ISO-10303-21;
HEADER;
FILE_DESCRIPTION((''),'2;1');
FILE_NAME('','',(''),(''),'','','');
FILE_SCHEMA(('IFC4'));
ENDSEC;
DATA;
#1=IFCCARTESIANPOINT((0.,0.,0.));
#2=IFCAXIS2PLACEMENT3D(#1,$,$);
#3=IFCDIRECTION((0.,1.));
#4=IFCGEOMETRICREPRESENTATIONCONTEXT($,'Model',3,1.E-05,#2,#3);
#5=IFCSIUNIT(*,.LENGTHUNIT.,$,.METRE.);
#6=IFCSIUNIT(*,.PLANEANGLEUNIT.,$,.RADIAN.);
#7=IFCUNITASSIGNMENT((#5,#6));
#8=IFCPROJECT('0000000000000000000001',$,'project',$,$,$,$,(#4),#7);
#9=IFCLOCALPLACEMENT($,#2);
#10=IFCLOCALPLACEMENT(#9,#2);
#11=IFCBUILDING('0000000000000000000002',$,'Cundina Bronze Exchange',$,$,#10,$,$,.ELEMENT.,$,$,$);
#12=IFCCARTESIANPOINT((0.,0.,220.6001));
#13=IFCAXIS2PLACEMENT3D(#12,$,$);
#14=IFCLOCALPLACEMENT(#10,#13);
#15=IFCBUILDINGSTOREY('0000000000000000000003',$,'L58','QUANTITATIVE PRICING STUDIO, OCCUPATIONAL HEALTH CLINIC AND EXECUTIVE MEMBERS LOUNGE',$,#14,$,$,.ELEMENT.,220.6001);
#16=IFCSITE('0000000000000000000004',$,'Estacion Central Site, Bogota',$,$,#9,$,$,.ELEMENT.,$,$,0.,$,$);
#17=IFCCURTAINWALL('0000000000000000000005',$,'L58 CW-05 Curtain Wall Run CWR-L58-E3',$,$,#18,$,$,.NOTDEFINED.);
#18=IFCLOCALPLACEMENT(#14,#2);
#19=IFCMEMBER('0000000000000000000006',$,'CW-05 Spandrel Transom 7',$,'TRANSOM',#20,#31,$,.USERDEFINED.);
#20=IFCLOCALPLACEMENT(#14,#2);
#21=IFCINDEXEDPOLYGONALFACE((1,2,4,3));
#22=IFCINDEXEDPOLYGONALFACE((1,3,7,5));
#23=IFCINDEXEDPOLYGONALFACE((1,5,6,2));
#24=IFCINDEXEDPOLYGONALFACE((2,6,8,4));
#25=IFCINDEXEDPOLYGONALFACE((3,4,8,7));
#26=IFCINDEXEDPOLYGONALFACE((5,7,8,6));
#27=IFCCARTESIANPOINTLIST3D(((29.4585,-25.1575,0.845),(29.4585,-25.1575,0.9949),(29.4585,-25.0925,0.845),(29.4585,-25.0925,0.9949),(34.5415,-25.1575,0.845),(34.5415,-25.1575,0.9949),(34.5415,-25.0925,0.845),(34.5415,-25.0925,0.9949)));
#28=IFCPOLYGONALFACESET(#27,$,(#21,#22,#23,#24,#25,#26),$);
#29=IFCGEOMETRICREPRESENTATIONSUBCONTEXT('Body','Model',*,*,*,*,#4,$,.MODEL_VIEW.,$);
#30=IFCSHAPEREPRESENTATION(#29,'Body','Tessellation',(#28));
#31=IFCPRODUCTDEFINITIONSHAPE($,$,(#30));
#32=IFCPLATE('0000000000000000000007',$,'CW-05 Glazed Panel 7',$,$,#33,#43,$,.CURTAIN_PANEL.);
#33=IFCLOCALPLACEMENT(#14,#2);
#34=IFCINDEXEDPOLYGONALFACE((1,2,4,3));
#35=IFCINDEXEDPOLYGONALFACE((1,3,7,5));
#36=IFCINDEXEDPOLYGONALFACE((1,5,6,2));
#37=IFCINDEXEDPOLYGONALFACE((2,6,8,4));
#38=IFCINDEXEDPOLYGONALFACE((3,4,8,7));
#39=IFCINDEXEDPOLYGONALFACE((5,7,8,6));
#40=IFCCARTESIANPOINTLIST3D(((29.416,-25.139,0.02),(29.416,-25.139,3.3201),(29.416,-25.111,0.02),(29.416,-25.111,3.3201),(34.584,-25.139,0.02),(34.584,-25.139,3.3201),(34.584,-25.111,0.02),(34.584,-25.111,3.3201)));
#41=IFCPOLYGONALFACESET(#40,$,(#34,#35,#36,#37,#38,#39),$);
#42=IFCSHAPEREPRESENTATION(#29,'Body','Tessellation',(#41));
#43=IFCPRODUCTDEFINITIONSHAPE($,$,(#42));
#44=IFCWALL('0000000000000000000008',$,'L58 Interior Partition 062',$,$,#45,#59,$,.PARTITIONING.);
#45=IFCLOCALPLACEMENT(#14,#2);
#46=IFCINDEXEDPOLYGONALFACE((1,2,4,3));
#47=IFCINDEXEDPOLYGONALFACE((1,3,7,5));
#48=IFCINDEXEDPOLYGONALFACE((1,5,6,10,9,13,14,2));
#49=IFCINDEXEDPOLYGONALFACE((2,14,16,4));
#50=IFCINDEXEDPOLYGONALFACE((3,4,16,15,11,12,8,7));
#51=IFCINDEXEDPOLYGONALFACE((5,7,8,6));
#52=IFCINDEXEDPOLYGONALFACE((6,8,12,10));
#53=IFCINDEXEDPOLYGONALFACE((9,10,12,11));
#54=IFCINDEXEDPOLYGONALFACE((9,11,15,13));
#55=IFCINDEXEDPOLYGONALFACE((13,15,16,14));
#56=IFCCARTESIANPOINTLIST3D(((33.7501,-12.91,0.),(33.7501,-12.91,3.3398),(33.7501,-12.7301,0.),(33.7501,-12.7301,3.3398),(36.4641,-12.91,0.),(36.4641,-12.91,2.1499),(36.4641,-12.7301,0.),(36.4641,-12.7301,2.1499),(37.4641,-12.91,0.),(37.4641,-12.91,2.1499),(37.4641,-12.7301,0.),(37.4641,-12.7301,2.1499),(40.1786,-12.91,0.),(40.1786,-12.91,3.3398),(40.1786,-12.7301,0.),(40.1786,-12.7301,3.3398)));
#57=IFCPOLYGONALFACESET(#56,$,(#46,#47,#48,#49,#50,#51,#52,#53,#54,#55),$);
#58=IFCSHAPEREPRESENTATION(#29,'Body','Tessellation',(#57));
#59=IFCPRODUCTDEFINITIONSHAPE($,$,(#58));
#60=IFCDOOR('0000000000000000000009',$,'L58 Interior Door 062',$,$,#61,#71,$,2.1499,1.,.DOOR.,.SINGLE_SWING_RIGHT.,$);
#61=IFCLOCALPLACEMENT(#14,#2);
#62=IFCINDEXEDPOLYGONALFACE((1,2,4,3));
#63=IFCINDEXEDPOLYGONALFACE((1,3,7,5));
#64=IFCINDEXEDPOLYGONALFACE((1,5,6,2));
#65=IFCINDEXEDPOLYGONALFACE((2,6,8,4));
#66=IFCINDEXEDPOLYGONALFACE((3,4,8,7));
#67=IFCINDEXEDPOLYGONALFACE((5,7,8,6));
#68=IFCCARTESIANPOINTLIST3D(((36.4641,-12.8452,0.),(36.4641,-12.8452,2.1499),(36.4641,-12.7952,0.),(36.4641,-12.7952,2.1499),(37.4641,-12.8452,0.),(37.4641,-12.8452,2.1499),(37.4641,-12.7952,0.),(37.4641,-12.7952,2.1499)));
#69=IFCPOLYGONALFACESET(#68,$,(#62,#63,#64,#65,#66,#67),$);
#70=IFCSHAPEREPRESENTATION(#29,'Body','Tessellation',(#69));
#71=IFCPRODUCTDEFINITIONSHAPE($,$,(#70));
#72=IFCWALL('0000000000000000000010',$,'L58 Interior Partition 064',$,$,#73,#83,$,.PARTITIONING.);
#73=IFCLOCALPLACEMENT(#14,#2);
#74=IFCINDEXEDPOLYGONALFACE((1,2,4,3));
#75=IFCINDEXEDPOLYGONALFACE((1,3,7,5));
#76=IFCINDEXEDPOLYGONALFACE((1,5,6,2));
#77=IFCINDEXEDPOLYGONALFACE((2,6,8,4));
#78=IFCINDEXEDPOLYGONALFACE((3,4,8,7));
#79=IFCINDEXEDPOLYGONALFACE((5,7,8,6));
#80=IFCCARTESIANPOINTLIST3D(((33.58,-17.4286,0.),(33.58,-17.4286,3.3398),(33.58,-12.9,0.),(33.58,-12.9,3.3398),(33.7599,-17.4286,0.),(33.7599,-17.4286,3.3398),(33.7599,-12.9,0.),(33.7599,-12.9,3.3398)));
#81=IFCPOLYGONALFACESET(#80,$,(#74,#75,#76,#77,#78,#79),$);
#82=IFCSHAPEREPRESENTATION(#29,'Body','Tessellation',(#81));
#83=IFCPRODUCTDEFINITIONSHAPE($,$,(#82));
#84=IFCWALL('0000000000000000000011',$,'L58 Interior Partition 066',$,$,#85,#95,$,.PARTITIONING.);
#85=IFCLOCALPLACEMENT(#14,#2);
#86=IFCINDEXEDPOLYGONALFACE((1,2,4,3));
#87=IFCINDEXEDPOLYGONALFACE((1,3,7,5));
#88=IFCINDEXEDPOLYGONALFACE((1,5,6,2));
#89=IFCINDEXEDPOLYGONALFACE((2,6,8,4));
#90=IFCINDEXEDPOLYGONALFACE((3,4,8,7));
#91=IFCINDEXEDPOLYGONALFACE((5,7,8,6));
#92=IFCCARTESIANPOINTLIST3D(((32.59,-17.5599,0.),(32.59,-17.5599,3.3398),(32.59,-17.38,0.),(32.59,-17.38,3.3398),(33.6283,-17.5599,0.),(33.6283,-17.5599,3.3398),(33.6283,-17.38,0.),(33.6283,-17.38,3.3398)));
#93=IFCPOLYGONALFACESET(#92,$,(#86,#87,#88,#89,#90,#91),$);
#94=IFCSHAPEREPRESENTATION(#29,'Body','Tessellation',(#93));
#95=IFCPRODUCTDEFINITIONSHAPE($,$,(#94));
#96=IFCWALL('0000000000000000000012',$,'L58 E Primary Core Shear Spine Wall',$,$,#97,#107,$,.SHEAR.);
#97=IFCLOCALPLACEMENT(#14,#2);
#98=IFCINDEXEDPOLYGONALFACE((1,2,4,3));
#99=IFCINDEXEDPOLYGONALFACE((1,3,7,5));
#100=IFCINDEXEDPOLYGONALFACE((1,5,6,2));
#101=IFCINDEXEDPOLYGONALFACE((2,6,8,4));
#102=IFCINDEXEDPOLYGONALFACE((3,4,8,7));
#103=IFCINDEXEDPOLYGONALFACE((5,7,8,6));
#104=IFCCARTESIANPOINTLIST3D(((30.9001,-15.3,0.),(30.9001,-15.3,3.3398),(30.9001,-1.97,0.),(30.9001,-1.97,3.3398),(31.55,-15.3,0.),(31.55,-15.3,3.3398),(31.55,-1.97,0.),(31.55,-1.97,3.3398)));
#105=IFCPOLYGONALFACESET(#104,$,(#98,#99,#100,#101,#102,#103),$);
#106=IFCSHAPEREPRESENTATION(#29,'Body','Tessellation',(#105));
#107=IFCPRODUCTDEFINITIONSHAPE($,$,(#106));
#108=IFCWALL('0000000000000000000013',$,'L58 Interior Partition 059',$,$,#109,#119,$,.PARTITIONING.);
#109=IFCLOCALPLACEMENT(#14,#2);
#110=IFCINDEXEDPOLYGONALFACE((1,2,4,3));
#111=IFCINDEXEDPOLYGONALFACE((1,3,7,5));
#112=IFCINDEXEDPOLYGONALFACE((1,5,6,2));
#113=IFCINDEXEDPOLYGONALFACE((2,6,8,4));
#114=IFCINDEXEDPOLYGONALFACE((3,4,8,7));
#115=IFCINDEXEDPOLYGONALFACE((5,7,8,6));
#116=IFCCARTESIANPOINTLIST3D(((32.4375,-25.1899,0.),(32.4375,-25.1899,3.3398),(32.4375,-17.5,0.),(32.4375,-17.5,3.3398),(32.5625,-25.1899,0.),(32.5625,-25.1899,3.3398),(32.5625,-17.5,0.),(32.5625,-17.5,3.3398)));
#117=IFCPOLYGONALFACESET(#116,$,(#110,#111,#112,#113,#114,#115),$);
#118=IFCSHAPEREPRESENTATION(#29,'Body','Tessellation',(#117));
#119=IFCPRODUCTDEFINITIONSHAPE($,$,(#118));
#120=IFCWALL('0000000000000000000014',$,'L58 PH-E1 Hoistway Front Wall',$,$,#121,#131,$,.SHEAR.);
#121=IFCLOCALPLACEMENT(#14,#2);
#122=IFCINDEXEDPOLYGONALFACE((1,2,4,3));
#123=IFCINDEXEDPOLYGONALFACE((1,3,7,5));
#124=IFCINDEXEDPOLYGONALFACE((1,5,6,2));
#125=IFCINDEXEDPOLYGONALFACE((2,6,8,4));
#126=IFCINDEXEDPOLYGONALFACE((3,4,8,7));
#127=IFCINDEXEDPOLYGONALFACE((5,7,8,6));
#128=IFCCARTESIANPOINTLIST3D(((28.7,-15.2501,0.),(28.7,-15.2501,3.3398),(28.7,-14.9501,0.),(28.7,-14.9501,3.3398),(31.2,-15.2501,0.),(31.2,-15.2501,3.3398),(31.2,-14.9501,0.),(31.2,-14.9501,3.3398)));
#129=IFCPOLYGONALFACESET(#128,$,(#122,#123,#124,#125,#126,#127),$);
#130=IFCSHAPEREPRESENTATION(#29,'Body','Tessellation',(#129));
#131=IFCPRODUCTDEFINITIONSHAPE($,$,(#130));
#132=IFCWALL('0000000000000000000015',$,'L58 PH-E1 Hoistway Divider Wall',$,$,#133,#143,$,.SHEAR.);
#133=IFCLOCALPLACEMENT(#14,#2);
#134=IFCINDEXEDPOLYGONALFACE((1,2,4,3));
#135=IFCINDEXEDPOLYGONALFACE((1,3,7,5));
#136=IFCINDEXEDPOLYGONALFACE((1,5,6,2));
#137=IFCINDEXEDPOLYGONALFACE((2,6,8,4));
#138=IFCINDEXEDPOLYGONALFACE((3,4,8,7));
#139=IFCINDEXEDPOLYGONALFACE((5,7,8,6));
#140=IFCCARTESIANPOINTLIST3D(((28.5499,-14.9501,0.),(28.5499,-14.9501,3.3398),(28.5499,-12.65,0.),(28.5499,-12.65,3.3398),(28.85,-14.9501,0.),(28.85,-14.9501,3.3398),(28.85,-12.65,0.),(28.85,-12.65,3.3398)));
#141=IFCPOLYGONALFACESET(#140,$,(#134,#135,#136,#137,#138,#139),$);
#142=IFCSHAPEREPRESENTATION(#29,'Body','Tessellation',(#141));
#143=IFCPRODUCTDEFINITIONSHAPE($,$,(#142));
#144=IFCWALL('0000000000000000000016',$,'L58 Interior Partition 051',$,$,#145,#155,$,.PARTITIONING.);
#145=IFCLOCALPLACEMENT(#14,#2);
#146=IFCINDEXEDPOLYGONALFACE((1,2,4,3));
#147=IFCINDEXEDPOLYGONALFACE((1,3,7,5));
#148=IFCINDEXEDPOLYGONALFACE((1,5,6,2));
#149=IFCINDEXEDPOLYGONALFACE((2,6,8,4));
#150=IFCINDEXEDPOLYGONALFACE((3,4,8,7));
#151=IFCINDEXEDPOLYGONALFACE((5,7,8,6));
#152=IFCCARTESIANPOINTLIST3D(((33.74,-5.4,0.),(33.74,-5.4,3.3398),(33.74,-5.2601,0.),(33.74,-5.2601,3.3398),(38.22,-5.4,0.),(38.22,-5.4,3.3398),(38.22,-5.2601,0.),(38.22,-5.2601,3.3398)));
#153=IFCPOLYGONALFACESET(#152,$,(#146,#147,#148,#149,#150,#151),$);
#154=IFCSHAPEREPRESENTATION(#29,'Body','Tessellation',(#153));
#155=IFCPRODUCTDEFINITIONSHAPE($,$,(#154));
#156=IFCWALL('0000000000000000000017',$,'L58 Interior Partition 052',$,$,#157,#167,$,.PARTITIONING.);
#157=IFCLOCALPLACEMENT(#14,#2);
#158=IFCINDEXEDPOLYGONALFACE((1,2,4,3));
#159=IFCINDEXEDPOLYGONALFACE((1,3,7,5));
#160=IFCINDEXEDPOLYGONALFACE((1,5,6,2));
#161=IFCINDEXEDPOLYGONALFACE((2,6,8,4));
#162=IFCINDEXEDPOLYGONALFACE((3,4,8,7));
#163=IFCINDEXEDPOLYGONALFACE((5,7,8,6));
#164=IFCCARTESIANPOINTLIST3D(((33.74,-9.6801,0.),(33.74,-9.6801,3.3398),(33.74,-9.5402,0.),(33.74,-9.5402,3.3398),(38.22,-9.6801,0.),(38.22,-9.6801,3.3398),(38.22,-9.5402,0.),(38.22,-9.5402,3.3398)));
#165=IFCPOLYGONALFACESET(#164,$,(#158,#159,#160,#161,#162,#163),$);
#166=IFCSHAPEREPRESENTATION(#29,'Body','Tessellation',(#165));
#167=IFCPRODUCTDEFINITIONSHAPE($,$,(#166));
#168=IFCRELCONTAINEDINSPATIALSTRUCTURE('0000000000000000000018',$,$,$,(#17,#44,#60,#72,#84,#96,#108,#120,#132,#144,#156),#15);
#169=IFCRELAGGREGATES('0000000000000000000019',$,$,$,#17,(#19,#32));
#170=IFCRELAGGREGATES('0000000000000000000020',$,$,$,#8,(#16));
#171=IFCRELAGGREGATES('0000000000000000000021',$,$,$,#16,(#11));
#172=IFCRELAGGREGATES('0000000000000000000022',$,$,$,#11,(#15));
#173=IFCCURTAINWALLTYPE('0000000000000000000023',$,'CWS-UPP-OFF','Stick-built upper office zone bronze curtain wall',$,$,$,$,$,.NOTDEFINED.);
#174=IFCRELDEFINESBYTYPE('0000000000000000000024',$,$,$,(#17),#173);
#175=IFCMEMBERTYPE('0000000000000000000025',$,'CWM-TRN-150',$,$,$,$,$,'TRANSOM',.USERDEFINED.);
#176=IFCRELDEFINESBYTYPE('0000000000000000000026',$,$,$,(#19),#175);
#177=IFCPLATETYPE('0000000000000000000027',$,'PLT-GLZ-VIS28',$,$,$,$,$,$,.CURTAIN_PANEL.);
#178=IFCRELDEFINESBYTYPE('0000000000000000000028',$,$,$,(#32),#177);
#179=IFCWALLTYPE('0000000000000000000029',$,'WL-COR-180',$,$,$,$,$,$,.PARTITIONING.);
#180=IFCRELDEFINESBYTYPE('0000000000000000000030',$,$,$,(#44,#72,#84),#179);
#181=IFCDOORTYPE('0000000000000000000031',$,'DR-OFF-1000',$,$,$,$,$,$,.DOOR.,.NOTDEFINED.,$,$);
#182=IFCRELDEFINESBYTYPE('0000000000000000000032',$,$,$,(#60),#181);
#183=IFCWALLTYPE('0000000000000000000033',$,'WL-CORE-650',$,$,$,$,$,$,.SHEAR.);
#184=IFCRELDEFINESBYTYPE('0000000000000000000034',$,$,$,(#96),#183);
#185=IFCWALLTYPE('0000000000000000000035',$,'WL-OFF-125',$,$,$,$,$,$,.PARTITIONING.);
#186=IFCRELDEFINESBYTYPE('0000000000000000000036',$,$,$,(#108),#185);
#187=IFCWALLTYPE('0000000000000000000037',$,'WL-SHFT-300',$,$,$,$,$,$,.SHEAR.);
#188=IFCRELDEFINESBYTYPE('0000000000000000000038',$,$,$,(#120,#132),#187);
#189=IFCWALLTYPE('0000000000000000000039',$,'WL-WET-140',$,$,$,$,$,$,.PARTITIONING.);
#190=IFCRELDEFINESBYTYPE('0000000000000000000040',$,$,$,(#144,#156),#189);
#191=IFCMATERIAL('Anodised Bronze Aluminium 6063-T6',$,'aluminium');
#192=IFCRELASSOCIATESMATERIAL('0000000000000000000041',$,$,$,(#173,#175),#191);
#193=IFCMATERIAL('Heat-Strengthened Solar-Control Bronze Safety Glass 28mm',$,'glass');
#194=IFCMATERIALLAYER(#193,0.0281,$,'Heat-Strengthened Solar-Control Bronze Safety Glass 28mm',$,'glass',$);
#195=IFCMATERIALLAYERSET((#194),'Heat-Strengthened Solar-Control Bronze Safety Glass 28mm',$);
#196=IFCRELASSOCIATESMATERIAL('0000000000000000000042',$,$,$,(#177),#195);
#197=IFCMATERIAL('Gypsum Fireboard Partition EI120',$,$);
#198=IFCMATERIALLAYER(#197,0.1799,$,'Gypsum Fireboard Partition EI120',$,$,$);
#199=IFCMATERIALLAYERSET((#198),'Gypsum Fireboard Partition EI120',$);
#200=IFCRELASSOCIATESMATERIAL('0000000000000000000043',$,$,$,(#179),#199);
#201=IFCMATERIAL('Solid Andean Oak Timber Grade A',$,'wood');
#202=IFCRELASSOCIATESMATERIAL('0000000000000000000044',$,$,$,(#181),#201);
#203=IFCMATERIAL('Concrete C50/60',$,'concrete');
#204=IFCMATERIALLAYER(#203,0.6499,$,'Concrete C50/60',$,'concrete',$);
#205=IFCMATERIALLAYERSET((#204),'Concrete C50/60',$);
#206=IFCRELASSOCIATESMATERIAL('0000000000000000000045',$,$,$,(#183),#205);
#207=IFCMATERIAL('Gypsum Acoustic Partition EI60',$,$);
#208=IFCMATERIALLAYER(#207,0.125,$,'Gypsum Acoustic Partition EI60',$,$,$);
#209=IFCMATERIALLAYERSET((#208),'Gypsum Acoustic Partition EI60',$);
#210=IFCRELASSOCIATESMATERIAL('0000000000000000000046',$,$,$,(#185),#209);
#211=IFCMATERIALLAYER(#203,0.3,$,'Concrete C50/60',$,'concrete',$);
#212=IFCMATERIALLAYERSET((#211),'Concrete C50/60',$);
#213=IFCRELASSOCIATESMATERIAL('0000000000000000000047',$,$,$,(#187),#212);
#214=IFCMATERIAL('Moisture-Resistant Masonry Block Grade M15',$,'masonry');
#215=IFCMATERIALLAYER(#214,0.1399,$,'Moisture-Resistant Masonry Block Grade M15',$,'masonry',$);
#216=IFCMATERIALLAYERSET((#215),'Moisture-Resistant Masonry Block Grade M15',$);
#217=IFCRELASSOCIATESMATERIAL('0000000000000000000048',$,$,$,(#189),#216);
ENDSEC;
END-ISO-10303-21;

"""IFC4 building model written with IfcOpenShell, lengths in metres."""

from ifc_helpers import new_model, si_unit, direction, frame, frame_2d, origin, origin_2d, place, context, subcontext, project, spatial, rectangle, extrude, material, layer, layer_set, material_profile, profile_set, type_object, element, fill, aggregate, save


model = new_model("IFC4")

# Units and contexts
model_context = context("Model", 3, precision=1e-05, world=origin(), true_north=direction((0.0, 1.0)))
body_context = subcontext(model_context, "Body", "Model", "MODEL_VIEW")
ifc_project = project(units=[si_unit("LENGTHUNIT", "METRE"), si_unit("PLANEANGLEUNIT", "RADIAN")], contexts=[model_context])

# Site, building, storey
site_placement = place(None, origin())
site = spatial("IfcSite", under=ifc_project, at=site_placement, Name="Estacion Central Site, Bogota", CompositionType="ELEMENT", RefElevation=0.0)
building_placement = place(site_placement, origin())
building = spatial("IfcBuilding", under=site, at=building_placement, Name="Cundina Bronze Exchange", CompositionType="ELEMENT")
storey_placement = place(building_placement, frame((0.0, 0.0, 220.6001)))
storey = spatial("IfcBuildingStorey", under=building, at=storey_placement, Name="L58", Description="QUANTITATIVE PRICING STUDIO, OCCUPATIONAL HEALTH CLINIC AND EXECUTIVE MEMBERS LOUNGE", CompositionType="ELEMENT", Elevation=220.6001)

# Shared definitions
ifc_material_1 = material(Name="Concrete C50/60", Category="concrete")

# Curtain wall
ifc_material_2 = material(Name="Anodised Bronze Aluminium 6063-T6", Category="aluminium")
curtain_wall_type = type_object("IfcCurtainWallType", Name="CWS-UPP-OFF", Description="Stick-built upper office zone bronze curtain wall", PredefinedType="NOTDEFINED", material=ifc_material_2)
curtain_wall_1_placement = place(storey_placement, origin())
curtain_wall_1 = element("IfcCurtainWall", 1, at=curtain_wall_1_placement, inside=storey, type_object=curtain_wall_type, Name="L58 CW-05 Curtain Wall Run CWR-L58-E3", PredefinedType="NOTDEFINED")

# Member
ifc_material_profile_1 = material_profile(ifc_material_2, rectangle(XDim=0.0649, YDim=0.1499, at=origin_2d()), Name="AL65X150", Category="aluminium")
ifc_profile_set_1 = profile_set([ifc_material_profile_1], Name="Anodised Bronze Aluminium 6063-T6")
member_type_1 = type_object("IfcMemberType", Name="CWM-TRN-150", ElementType="TRANSOM", PredefinedType="USERDEFINED", material=ifc_profile_set_1)
member_1_placement = place(storey_placement, frame((29.4585, -25.125, 0.9199), z_axis=(1.0, 0.0, 0.0), x_axis=(0.0, 1.0, 0.0)))
member_1 = element("IfcMember", 2, at=member_1_placement, type_object=member_type_1, Name="CW-05 Spandrel Transom 7", ObjectType="TRANSOM", PredefinedType="USERDEFINED", context=body_context, shape_type="SweptSolid", body=[
    extrude(rectangle(XDim=0.0649, YDim=0.1499, at=origin_2d()), origin(), (0.0, 0.0, 1.0), 5.083),
])

# Plate
ifc_material_3 = material(Name="Heat-Strengthened Solar-Control Bronze Safety Glass 28mm", Category="glass")
ifc_layer_1 = layer(ifc_material_3, 0.0281, Name="Heat-Strengthened Solar-Control Bronze Safety Glass 28mm", Category="glass")
ifc_layer_set_1 = layer_set([ifc_layer_1], Name="Heat-Strengthened Solar-Control Bronze Safety Glass 28mm")
plate_type = type_object("IfcPlateType", Name="PLT-GLZ-VIS28", PredefinedType="CURTAIN_PANEL", material=ifc_layer_set_1)
plate_placement = place(storey_placement, frame((32.0, -25.125, 0.02), z_axis=(0.0, 0.0, 1.0), x_axis=(1.0, 0.0, 0.0)))
plate = element("IfcPlate", 3, at=plate_placement, type_object=plate_type, Name="CW-05 Glazed Panel 7", PredefinedType="CURTAIN_PANEL", context=body_context, shape_type="SweptSolid", body=[
    extrude(rectangle(XDim=5.168, YDim=0.0281, at=origin_2d()), origin(), (0.0, 0.0, 1.0), 3.3),
])
aggregate(curtain_wall_1, [member_1, plate])

# Wall, opening, door
ifc_material_4 = material(Name="Gypsum Fireboard Partition EI120")
ifc_layer_2 = layer(ifc_material_4, 0.1799, Name="Gypsum Fireboard Partition EI120")
ifc_layer_set_2 = layer_set([ifc_layer_2], Name="Gypsum Fireboard Partition EI120")
wall_type_1 = type_object("IfcWallType", Name="WL-COR-180", PredefinedType="PARTITIONING", material=ifc_layer_set_2)
ifc_material_5 = material(Name="Solid Andean Oak Timber Grade A", Category="wood")
door_type = type_object("IfcDoorType", Name="DR-OFF-1000", OperationType="NOTDEFINED", PredefinedType="DOOR", material=ifc_material_5)
wall_1_placement = place(storey_placement, frame((33.75, -12.8201, 0.0), z_axis=(0.0, 0.0, 1.0), x_axis=(1.0, 0.0, 0.0)))
wall_1 = element("IfcWall", 4, at=wall_1_placement, inside=storey, type_object=wall_type_1, Name="L58 Interior Partition 062", PredefinedType="PARTITIONING", context=body_context, shape_type="SweptSolid", body=[
    extrude(rectangle(XDim=6.4285, YDim=0.1799, at=frame_2d((3.2144, 0.0))), origin(), (0.0, 0.0, 1.0), 3.3398),
])
opening_1_placement = place(wall_1_placement, frame((2.7141, 0.0, 0.0)))
opening_1 = element("IfcOpeningElement", 5, at=opening_1_placement, cuts=wall_1, PredefinedType="OPENING", context=body_context, shape_type="SweptSolid", body=[
    extrude(rectangle(XDim=1.0, YDim=2.1499, at=frame_2d((0.5, 1.075))), frame((0.0, 0.0999, 0.0), z_axis=(0.0, -1.0, 0.0), x_axis=(1.0, 0.0, 0.0)), (0.0, 0.0, 1.0), 0.2),
])
door_1_placement = place(opening_1_placement, origin())
door_1 = element("IfcDoor", 6, at=door_1_placement, inside=storey, type_object=door_type, Name="L58 Interior Door 062", OperationType="SINGLE_SWING_RIGHT", OverallHeight=2.1499, OverallWidth=1.0, PredefinedType="DOOR", context=body_context, shape_type="SweptSolid", body=[
    extrude(rectangle(XDim=1.0, YDim=2.1499, at=frame_2d((0.5, 1.075))), frame((0.0, 0.0249, 0.0), z_axis=(0.0, -1.0, 0.0), x_axis=(1.0, 0.0, 0.0)), (0.0, 0.0, 1.0), 0.05),
])
fill(opening_1, door_1)

# Walls
wall_2_placement = place(storey_placement, frame((33.6699, -17.4285, 0.0), z_axis=(0.0, 0.0, 1.0), x_axis=(0.0, 1.0, 0.0)))
element("IfcWall", 7, at=wall_2_placement, inside=storey, type_object=wall_type_1, Name="L58 Interior Partition 064", PredefinedType="PARTITIONING", context=body_context, shape_type="SweptSolid", body=[
    extrude(rectangle(XDim=4.5286, YDim=0.1799, at=frame_2d((2.2642, 0.0))), origin(), (0.0, 0.0, 1.0), 3.3398),
])
wall_3_placement = place(storey_placement, frame((32.5901, -17.47, 0.0), z_axis=(0.0, 0.0, 1.0), x_axis=(1.0, 0.0, 0.0)))
element("IfcWall", 8, at=wall_3_placement, inside=storey, type_object=wall_type_1, Name="L58 Interior Partition 066", PredefinedType="PARTITIONING", context=body_context, shape_type="SweptSolid", body=[
    extrude(rectangle(XDim=1.0383, YDim=0.1799, at=frame_2d((0.519, 0.0))), origin(), (0.0, 0.0, 1.0), 3.3398),
])
ifc_layer_3 = layer(ifc_material_1, 0.6499, Name="Concrete C50/60", Category="concrete")
ifc_layer_set_3 = layer_set([ifc_layer_3], Name="Concrete C50/60")
wall_type_2 = type_object("IfcWallType", Name="WL-CORE-650", PredefinedType="SHEAR", material=ifc_layer_set_3)
wall_4_placement = place(storey_placement, frame((31.2251, -15.3, 0.0), z_axis=(0.0, 0.0, 1.0), x_axis=(0.0, 1.0, 0.0)))
element("IfcWall", 9, at=wall_4_placement, inside=storey, type_object=wall_type_2, Name="L58 E Primary Core Shear Spine Wall", PredefinedType="SHEAR", context=body_context, shape_type="SweptSolid", body=[
    extrude(rectangle(XDim=13.3301, YDim=0.6499, at=frame_2d((6.665, 0.0))), origin(), (0.0, 0.0, 1.0), 3.3398),
])
ifc_material_6 = material(Name="Gypsum Acoustic Partition EI60")
ifc_layer_4 = layer(ifc_material_6, 0.125, Name="Gypsum Acoustic Partition EI60")
ifc_layer_set_4 = layer_set([ifc_layer_4], Name="Gypsum Acoustic Partition EI60")
wall_type_3 = type_object("IfcWallType", Name="WL-OFF-125", PredefinedType="PARTITIONING", material=ifc_layer_set_4)
wall_5_placement = place(storey_placement, frame((32.5, -25.1899, 0.0), z_axis=(0.0, 0.0, 1.0), x_axis=(0.0, 1.0, 0.0)))
element("IfcWall", 10, at=wall_5_placement, inside=storey, type_object=wall_type_3, Name="L58 Interior Partition 059", PredefinedType="PARTITIONING", context=body_context, shape_type="SweptSolid", body=[
    extrude(rectangle(XDim=7.6899, YDim=0.125, at=frame_2d((3.845, 0.0))), origin(), (0.0, 0.0, 1.0), 3.3398),
])
ifc_layer_5 = layer(ifc_material_1, 0.3, Name="Concrete C50/60", Category="concrete")
ifc_layer_set_5 = layer_set([ifc_layer_5], Name="Concrete C50/60")
wall_type_4 = type_object("IfcWallType", Name="WL-SHFT-300", PredefinedType="SHEAR", material=ifc_layer_set_5)
wall_6_placement = place(storey_placement, frame((28.7, -15.1001, 0.0), z_axis=(0.0, 0.0, 1.0), x_axis=(1.0, 0.0, 0.0)))
element("IfcWall", 11, at=wall_6_placement, inside=storey, type_object=wall_type_4, Name="L58 PH-E1 Hoistway Front Wall", PredefinedType="SHEAR", context=body_context, shape_type="SweptSolid", body=[
    extrude(rectangle(XDim=2.5, YDim=0.3, at=frame_2d((1.25, 0.0))), origin(), (0.0, 0.0, 1.0), 3.3398),
])
wall_7_placement = place(storey_placement, frame((28.7, -14.95, 0.0), z_axis=(0.0, 0.0, 1.0), x_axis=(0.0, 1.0, 0.0)))
element("IfcWall", 12, at=wall_7_placement, inside=storey, type_object=wall_type_4, Name="L58 PH-E1 Hoistway Divider Wall", PredefinedType="SHEAR", context=body_context, shape_type="SweptSolid", body=[
    extrude(rectangle(XDim=2.3, YDim=0.3, at=frame_2d((1.1499, 0.0))), origin(), (0.0, 0.0, 1.0), 3.3398),
])
ifc_material_7 = material(Name="Moisture-Resistant Masonry Block Grade M15", Category="masonry")
ifc_layer_6 = layer(ifc_material_7, 0.1399, Name="Moisture-Resistant Masonry Block Grade M15", Category="masonry")
ifc_layer_set_6 = layer_set([ifc_layer_6], Name="Moisture-Resistant Masonry Block Grade M15")
wall_type_5 = type_object("IfcWallType", Name="WL-WET-140", PredefinedType="PARTITIONING", material=ifc_layer_set_6)
for number, where, z_axis, x_axis, name in (
    (13, (33.74, -5.3301, 0.0), (0.0, 0.0, 1.0), (1.0, 0.0, 0.0), "L58 Interior Partition 051"),
    (14, (33.74, -9.6101, 0.0), (0.0, 0.0, 1.0), (1.0, 0.0, 0.0), "L58 Interior Partition 052"),
):
    element("IfcWall", number, at=place(storey_placement, frame(where, z_axis=z_axis, x_axis=x_axis)), inside=storey, type_object=wall_type_5, Name=name, PredefinedType="PARTITIONING", context=body_context, shape_type="SweptSolid", body=[
        extrude(rectangle(XDim=4.48, YDim=0.1399, at=frame_2d((2.24, 0.0))), origin(), (0.0, 0.0, 1.0), 3.3398),
    ])

save(model, "model.ifc")
